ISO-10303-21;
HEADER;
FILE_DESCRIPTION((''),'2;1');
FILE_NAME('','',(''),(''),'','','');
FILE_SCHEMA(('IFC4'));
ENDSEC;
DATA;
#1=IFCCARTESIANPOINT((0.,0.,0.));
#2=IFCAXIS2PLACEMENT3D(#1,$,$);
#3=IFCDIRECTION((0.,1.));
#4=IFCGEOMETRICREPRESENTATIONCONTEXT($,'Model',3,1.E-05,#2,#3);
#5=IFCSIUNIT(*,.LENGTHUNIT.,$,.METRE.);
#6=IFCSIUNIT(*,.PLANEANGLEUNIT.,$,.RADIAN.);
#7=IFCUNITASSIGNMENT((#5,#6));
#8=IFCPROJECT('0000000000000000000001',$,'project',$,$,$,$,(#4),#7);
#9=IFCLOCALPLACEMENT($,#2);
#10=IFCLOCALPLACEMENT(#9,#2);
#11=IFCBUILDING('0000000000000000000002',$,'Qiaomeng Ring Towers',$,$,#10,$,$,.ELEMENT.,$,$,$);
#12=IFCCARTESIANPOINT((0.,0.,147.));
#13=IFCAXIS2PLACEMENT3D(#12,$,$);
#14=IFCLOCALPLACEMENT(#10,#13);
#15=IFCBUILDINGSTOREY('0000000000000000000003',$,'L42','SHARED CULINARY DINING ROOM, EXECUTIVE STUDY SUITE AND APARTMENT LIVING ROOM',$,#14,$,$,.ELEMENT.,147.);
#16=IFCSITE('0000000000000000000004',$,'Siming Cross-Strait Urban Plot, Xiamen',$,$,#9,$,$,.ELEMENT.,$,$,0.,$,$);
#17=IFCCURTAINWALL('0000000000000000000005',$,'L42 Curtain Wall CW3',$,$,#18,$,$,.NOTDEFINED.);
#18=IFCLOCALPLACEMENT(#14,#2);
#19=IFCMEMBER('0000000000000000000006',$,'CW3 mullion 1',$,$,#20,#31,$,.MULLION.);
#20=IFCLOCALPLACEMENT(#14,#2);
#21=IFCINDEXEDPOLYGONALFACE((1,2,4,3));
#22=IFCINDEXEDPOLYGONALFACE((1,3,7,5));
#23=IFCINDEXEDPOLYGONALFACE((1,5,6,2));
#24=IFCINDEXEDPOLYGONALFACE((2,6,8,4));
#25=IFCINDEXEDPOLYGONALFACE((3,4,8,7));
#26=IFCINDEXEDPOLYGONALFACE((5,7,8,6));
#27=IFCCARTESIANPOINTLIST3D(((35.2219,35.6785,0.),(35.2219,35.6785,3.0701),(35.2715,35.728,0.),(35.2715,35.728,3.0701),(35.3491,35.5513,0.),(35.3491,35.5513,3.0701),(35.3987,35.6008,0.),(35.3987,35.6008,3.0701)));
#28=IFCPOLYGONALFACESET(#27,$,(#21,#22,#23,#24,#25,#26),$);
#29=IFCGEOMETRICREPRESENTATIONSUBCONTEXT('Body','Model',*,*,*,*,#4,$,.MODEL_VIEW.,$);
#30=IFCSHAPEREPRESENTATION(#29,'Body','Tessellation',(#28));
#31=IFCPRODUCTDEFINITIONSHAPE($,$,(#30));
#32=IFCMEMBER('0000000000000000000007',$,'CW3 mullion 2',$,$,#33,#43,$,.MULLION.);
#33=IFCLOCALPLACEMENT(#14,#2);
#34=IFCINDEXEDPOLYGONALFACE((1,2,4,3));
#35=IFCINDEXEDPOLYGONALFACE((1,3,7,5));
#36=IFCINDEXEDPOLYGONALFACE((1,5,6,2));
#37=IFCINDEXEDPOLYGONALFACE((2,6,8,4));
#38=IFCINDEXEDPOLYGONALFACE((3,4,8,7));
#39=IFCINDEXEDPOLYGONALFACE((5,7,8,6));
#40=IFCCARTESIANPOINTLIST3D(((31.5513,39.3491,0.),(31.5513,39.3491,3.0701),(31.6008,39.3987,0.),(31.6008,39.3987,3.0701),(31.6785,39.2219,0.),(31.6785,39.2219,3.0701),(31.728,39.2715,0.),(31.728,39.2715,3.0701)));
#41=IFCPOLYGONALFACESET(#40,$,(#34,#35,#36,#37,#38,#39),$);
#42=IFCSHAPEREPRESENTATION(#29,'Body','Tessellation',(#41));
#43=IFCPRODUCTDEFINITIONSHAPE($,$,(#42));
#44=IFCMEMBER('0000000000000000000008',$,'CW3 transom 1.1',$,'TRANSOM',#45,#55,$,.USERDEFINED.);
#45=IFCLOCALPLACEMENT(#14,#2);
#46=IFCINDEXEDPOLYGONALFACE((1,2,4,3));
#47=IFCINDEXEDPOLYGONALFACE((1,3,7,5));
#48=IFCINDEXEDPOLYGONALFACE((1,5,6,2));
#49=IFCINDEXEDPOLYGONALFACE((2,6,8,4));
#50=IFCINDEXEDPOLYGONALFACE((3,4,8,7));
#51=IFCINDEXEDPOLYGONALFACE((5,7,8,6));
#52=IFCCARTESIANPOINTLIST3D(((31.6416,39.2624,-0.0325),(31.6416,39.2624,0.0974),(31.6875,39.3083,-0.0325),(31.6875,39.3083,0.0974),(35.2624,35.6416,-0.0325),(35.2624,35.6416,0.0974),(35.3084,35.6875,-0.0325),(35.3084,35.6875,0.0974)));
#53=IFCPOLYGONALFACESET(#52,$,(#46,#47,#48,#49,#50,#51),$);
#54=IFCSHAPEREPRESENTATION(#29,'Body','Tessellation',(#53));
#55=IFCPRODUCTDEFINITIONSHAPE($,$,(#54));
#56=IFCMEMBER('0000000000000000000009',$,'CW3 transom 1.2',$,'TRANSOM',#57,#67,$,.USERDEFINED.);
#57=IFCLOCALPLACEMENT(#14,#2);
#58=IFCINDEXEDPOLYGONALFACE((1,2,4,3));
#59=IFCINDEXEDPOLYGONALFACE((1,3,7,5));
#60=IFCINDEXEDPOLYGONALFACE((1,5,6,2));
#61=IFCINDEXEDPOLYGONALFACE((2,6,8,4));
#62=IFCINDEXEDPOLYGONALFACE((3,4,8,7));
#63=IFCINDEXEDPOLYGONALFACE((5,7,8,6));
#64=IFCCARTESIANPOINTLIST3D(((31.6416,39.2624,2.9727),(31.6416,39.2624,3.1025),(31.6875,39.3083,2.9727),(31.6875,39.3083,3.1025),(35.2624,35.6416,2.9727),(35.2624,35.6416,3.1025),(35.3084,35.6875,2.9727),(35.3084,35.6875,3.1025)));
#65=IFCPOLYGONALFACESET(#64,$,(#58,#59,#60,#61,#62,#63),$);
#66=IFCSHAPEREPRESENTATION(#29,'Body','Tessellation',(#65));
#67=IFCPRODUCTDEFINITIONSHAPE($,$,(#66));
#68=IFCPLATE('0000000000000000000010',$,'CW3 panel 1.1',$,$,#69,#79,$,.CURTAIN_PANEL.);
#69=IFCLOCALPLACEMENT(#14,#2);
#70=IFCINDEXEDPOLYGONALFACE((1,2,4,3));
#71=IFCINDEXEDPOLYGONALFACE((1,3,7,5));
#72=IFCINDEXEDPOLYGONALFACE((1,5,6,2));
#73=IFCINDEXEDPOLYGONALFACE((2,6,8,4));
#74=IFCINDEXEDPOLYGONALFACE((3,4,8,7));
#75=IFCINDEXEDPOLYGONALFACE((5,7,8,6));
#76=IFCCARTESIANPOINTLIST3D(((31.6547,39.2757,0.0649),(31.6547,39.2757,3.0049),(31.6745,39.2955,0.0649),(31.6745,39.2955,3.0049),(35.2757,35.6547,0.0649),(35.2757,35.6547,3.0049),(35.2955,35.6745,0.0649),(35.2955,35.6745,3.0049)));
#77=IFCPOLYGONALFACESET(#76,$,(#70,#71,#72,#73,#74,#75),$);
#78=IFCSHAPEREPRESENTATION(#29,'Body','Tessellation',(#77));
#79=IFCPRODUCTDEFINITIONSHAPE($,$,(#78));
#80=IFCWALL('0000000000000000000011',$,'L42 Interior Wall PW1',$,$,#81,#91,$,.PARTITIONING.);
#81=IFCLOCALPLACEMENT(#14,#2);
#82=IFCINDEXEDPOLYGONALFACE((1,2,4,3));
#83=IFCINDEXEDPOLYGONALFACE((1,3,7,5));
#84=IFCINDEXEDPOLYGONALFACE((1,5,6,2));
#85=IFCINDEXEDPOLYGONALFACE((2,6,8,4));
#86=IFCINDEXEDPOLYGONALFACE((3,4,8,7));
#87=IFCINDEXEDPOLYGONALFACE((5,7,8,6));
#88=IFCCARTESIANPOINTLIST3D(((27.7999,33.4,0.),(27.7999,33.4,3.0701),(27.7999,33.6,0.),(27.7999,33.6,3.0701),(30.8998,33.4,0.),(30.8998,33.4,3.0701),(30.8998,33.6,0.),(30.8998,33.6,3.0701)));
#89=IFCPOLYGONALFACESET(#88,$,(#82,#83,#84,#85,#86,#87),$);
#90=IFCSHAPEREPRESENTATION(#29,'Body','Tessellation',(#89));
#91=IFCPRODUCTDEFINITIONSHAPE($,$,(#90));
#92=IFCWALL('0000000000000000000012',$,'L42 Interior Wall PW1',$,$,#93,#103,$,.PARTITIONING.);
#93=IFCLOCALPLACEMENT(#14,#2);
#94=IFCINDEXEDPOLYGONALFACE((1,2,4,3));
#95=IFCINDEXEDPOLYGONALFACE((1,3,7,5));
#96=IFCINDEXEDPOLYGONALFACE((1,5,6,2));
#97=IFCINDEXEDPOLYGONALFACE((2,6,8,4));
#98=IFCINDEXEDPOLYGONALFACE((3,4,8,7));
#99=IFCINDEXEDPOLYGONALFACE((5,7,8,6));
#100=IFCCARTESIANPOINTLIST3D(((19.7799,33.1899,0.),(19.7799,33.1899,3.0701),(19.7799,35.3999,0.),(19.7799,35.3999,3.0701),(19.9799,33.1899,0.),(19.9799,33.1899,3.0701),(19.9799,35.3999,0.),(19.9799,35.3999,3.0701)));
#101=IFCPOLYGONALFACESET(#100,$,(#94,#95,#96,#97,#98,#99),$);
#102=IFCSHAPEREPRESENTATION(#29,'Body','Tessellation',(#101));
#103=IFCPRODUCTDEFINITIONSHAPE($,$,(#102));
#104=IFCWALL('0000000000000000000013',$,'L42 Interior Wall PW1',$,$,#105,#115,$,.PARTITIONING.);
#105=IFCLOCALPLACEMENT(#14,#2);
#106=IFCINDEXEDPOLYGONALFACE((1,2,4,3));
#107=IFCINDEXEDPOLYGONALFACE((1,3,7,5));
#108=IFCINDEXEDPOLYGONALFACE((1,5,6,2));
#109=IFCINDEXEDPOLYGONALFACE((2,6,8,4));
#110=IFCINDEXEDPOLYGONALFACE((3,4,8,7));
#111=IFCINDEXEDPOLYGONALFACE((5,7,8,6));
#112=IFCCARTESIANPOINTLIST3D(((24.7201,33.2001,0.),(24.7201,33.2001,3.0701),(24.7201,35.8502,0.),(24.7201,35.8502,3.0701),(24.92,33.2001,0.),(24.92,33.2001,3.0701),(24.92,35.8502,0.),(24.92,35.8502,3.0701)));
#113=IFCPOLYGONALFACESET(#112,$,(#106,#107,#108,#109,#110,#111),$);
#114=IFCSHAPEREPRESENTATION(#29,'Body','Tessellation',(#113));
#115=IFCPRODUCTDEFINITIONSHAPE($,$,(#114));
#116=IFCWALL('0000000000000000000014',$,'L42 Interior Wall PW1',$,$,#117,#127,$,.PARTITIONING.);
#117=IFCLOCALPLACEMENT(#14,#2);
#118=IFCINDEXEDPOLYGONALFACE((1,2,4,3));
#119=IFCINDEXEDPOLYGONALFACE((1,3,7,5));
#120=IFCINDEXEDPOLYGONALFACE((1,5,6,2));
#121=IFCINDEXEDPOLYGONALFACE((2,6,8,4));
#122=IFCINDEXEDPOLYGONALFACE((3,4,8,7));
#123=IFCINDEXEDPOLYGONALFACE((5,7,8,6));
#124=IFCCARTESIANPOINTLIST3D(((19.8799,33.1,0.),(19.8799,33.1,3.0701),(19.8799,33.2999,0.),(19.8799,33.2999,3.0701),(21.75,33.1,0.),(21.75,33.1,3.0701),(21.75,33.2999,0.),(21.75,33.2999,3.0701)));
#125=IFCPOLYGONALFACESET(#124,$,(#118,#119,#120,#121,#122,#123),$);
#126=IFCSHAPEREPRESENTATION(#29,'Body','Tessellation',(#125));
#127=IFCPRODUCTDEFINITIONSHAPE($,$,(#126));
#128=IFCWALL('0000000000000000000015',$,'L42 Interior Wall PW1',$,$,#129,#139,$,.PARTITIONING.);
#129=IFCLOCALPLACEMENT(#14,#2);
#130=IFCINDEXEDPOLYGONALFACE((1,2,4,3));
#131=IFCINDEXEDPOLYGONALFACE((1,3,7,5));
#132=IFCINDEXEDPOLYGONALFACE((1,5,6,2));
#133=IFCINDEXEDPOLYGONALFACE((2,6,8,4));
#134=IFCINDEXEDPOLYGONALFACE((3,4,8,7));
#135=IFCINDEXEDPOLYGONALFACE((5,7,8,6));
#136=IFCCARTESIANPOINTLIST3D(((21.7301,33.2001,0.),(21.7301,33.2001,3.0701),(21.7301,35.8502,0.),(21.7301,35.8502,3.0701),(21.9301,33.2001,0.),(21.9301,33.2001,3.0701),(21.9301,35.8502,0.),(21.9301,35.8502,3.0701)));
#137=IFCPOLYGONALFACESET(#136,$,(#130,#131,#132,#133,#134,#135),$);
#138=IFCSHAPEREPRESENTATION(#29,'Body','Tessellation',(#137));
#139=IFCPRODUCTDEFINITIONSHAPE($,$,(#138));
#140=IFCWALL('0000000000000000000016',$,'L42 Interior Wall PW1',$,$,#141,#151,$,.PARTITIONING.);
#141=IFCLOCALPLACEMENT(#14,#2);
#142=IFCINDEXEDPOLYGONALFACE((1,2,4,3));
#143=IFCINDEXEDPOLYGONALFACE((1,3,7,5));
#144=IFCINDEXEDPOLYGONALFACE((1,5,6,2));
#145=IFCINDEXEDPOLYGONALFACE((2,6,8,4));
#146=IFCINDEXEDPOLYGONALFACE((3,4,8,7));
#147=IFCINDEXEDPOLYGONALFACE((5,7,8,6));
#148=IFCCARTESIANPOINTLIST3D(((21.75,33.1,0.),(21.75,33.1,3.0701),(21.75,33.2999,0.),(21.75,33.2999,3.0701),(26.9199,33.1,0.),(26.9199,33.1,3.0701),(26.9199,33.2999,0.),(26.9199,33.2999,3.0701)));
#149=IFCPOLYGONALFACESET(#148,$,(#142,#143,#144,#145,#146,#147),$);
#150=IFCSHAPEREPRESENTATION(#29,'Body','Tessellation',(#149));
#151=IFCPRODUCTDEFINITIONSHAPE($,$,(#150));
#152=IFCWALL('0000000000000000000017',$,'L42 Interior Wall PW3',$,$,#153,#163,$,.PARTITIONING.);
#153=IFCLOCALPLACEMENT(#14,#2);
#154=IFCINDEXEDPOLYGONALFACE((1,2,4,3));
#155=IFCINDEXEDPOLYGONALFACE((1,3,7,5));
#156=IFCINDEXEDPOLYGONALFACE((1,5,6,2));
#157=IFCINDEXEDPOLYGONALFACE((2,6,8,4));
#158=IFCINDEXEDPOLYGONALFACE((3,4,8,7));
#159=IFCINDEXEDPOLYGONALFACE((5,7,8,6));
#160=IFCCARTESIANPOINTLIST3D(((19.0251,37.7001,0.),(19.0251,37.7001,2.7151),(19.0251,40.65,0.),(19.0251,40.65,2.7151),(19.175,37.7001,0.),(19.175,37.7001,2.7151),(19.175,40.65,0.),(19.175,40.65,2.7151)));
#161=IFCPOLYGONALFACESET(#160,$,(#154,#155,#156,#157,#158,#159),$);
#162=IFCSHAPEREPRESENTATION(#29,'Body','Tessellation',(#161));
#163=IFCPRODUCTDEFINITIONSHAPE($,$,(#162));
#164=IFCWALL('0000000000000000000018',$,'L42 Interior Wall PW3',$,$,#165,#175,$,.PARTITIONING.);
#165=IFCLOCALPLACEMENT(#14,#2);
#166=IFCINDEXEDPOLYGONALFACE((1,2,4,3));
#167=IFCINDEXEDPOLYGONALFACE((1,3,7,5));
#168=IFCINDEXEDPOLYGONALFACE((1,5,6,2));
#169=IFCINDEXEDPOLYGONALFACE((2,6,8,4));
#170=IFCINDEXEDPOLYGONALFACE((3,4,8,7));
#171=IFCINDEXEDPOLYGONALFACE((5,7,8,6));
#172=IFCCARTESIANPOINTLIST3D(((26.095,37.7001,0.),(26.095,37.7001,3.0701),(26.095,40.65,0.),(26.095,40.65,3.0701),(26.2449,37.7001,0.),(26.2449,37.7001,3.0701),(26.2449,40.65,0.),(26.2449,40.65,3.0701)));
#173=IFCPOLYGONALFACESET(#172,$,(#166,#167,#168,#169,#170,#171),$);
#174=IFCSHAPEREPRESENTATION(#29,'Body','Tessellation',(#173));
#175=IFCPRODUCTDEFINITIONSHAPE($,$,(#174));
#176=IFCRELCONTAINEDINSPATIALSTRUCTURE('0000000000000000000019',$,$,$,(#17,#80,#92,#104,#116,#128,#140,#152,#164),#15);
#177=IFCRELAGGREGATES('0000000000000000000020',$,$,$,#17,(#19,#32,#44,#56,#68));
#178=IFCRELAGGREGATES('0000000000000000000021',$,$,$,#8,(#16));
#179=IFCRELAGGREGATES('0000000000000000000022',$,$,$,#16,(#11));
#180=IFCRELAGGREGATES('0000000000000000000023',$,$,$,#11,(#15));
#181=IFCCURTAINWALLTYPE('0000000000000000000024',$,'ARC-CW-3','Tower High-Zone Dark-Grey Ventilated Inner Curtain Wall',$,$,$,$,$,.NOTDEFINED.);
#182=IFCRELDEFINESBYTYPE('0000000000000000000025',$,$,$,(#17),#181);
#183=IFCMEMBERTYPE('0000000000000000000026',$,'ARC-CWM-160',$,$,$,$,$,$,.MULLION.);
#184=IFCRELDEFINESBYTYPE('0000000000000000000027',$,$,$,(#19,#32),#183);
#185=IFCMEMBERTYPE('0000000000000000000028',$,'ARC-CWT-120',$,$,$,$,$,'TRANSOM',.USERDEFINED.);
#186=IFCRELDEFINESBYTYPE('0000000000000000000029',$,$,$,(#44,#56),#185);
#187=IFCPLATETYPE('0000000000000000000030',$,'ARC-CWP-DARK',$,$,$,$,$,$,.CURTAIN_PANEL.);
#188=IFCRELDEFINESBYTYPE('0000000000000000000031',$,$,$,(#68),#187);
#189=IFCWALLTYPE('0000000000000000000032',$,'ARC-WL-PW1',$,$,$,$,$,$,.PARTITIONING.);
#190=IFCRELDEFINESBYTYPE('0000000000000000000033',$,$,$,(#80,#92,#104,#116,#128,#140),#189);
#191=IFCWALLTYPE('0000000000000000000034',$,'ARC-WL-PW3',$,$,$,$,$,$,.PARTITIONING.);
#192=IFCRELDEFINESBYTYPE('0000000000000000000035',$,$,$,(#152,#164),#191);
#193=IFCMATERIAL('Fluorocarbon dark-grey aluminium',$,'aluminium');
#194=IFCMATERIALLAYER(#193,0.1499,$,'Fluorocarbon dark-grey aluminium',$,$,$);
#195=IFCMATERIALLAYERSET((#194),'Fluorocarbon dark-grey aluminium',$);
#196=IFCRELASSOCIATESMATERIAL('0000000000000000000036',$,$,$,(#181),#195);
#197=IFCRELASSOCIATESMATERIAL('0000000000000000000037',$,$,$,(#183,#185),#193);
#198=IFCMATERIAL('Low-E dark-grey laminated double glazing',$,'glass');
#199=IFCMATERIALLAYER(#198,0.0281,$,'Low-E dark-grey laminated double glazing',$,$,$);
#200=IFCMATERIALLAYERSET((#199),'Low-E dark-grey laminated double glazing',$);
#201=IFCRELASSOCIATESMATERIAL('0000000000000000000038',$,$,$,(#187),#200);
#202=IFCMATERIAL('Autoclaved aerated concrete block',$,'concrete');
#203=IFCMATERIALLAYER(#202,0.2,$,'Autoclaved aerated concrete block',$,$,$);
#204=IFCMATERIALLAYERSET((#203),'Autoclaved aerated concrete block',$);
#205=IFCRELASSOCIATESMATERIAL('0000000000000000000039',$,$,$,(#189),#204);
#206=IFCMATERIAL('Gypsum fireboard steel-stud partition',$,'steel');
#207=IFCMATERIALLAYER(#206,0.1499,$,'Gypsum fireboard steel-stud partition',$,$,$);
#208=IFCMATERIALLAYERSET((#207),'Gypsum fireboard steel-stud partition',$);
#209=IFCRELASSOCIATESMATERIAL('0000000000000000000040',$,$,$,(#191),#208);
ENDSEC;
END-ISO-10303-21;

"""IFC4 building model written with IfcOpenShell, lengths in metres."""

from ifc_helpers import new_model, si_unit, direction, frame, frame_2d, origin, origin_2d, place, context, subcontext, project, spatial, rectangle, extrude, source, transform, mapped, material, layer, layer_set, material_profile, profile_set, type_object, element, aggregate, save


model = new_model("IFC4")

# Units and contexts
model_context = context("Model", 3, precision=1e-05, world=origin(), true_north=direction((0.0, 1.0)))
body_context = subcontext(model_context, "Body", "Model", "MODEL_VIEW")
ifc_project = project(units=[si_unit("LENGTHUNIT", "METRE"), si_unit("PLANEANGLEUNIT", "RADIAN")], contexts=[model_context])

# Site, building, storey
site_placement = place(None, origin())
site = spatial("IfcSite", under=ifc_project, at=site_placement, Name="Siming Cross-Strait Urban Plot, Xiamen", CompositionType="ELEMENT", RefElevation=0.0)
building_placement = place(site_placement, origin())
building = spatial("IfcBuilding", under=site, at=building_placement, Name="Qiaomeng Ring Towers", CompositionType="ELEMENT")
storey_placement = place(building_placement, frame((0.0, 0.0, 147.0)))
storey = spatial("IfcBuildingStorey", under=building, at=storey_placement, Name="L42", Description="SHARED CULINARY DINING ROOM, EXECUTIVE STUDY SUITE AND APARTMENT LIVING ROOM", CompositionType="ELEMENT", Elevation=147.0)

# Curtain wall, members, plate
ifc_material_1 = material(Name="Fluorocarbon dark-grey aluminium", Category="aluminium")
ifc_layer_1 = layer(ifc_material_1, 0.1499, Name="Fluorocarbon dark-grey aluminium")
ifc_layer_set_1 = layer_set([ifc_layer_1], Name="Fluorocarbon dark-grey aluminium")
curtain_wall_type = type_object("IfcCurtainWallType", Name="ARC-CW-3", Description="Tower High-Zone Dark-Grey Ventilated Inner Curtain Wall", PredefinedType="NOTDEFINED", material=ifc_layer_set_1)
curtain_wall_placement = place(storey_placement, origin())
curtain_wall = element("IfcCurtainWall", 1, at=curtain_wall_placement, inside=storey, type_object=curtain_wall_type, Name="L42 Curtain Wall CW3", PredefinedType="NOTDEFINED")
ifc_material_profile_1 = material_profile(ifc_material_1, rectangle(XDim=0.0701, YDim=0.1799, at=origin_2d()), Name="ALU MULL 70x180")
ifc_profile_set_1 = profile_set([ifc_material_profile_1], Name="Fluorocarbon dark-grey aluminium")
member_type_1 = type_object("IfcMemberType", Name="ARC-CWM-160", PredefinedType="MULLION", material=ifc_profile_set_1)
shared_shape_1 = source(origin(), body_context, "Body", "SweptSolid", [
    extrude(rectangle(XDim=0.0701, YDim=0.1799, at=origin_2d()), origin(), (0.0, 0.0, 1.0), 3.0701),
])
member_1_placement = place(storey_placement, frame((35.3103, 35.6396, 0.0), z_axis=(0.0, 0.0, 1.0), x_axis=(-0.707107, -0.707107, 0.0)))
member_1 = element("IfcMember", 2, at=member_1_placement, type_object=member_type_1, Name="CW3 mullion 1", PredefinedType="MULLION", context=body_context, shape_type="MappedRepresentation", body=[
    mapped(shared_shape_1, transform((0.0, 0.0, 0.0), x_axis=(1.0, 0.0, 0.0), y_axis=(0.0, 1.0, 0.0), z_axis=(0.0, 0.0, 1.0), scale=1.0)),
])
member_2_placement = place(storey_placement, frame((31.6396, 39.3103, 0.0), z_axis=(0.0, 0.0, 1.0), x_axis=(-0.707107, -0.707107, 0.0)))
member_2 = element("IfcMember", 3, at=member_2_placement, type_object=member_type_1, Name="CW3 mullion 2", PredefinedType="MULLION", context=body_context, shape_type="MappedRepresentation", body=[
    mapped(shared_shape_1, transform((0.0, 0.0, 0.0), x_axis=(1.0, 0.0, 0.0), y_axis=(0.0, 1.0, 0.0), z_axis=(0.0, 0.0, 1.0), scale=1.0)),
])
ifc_material_profile_2 = material_profile(ifc_material_1, rectangle(XDim=0.0649, YDim=0.1299, at=origin_2d()), Name="ALU TRAN 65x130")
ifc_profile_set_2 = profile_set([ifc_material_profile_2], Name="Fluorocarbon dark-grey aluminium")
member_type_2 = type_object("IfcMemberType", Name="ARC-CWT-120", ElementType="TRANSOM", PredefinedType="USERDEFINED", material=ifc_profile_set_2)
shared_shape_2 = source(origin(), body_context, "Body", "SweptSolid", [
    extrude(rectangle(XDim=0.0649, YDim=0.1299, at=origin_2d()), origin(), (0.0, 0.0, 1.0), 5.1206),
])
member_3_placement = place(storey_placement, frame((35.2854, 35.6646, 0.0325), z_axis=(-0.707107, 0.707107, 0.0), x_axis=(-0.707107, -0.707107, 0.0)))
member_3 = element("IfcMember", 4, at=member_3_placement, type_object=member_type_2, Name="CW3 transom 1.1", ObjectType="TRANSOM", PredefinedType="USERDEFINED", context=body_context, shape_type="MappedRepresentation", body=[
    mapped(shared_shape_2, transform((0.0, 0.0, 0.0), x_axis=(1.0, 0.0, 0.0), y_axis=(0.0, 1.0, 0.0), z_axis=(0.0, 0.0, 1.0), scale=1.0)),
])
member_4_placement = place(storey_placement, frame((35.2854, 35.6646, 3.0376), z_axis=(-0.707107, 0.707107, 0.0), x_axis=(-0.707107, -0.707107, 0.0)))
member_4 = element("IfcMember", 5, at=member_4_placement, type_object=member_type_2, Name="CW3 transom 1.2", ObjectType="TRANSOM", PredefinedType="USERDEFINED", context=body_context, shape_type="MappedRepresentation", body=[
    mapped(shared_shape_2, transform((0.0, 0.0, 0.0), x_axis=(1.0, 0.0, 0.0), y_axis=(0.0, 1.0, 0.0), z_axis=(0.0, 0.0, 1.0), scale=1.0)),
])
ifc_material_2 = material(Name="Low-E dark-grey laminated double glazing", Category="glass")
ifc_layer_2 = layer(ifc_material_2, 0.0281, Name="Low-E dark-grey laminated double glazing")
ifc_layer_set_2 = layer_set([ifc_layer_2], Name="Low-E dark-grey laminated double glazing")
plate_type = type_object("IfcPlateType", Name="ARC-CWP-DARK", PredefinedType="CURTAIN_PANEL", material=ifc_layer_set_2)
shared_shape_3 = source(origin(), body_context, "Body", "SweptSolid", [
    extrude(rectangle(XDim=5.1208, YDim=0.0281, at=origin_2d()), origin(), (0.0, 0.0, 1.0), 2.9399),
])
plate_placement = place(storey_placement, frame((33.4751, 37.4751, 0.0649), z_axis=(0.0, 0.0, 1.0), x_axis=(-0.707107, 0.707107, 0.0)))
plate = element("IfcPlate", 6, at=plate_placement, type_object=plate_type, Name="CW3 panel 1.1", PredefinedType="CURTAIN_PANEL", context=body_context, shape_type="MappedRepresentation", body=[
    mapped(shared_shape_3, transform((0.0, 0.0, 0.0), x_axis=(1.0, 0.0, 0.0), y_axis=(0.0, 1.0, 0.0), z_axis=(0.0, 0.0, 1.0), scale=1.0)),
])
aggregate(curtain_wall, [member_1, member_2, member_3, member_4, plate])

# Walls
ifc_material_3 = material(Name="Autoclaved aerated concrete block", Category="concrete")
ifc_layer_3 = layer(ifc_material_3, 0.2, Name="Autoclaved aerated concrete block")
ifc_layer_set_3 = layer_set([ifc_layer_3], Name="Autoclaved aerated concrete block")
wall_type_1 = type_object("IfcWallType", Name="ARC-WL-PW1", PredefinedType="PARTITIONING", material=ifc_layer_set_3)
wall_1_placement = place(storey_placement, frame((27.8, 33.5, 0.0), z_axis=(0.0, 0.0, 1.0), x_axis=(1.0, 0.0, 0.0)))
element("IfcWall", 7, at=wall_1_placement, inside=storey, type_object=wall_type_1, Name="L42 Interior Wall PW1", PredefinedType="PARTITIONING", context=body_context, shape_type="SweptSolid", body=[
    extrude(rectangle(XDim=3.0999, YDim=0.2, at=frame_2d((1.5498, 0.0))), origin(), (0.0, 0.0, 1.0), 3.0701),
])
wall_2_placement = place(storey_placement, frame((19.8799, 33.1899, 0.0), z_axis=(0.0, 0.0, 1.0), x_axis=(0.0, 1.0, 0.0)))
element("IfcWall", 8, at=wall_2_placement, inside=storey, type_object=wall_type_1, Name="L42 Interior Wall PW1", PredefinedType="PARTITIONING", context=body_context, shape_type="SweptSolid", body=[
    extrude(rectangle(XDim=2.21, YDim=0.2, at=frame_2d((1.105, 0.0))), origin(), (0.0, 0.0, 1.0), 3.0701),
])
wall_3_placement = place(storey_placement, frame((24.8201, 33.2, 0.0), z_axis=(0.0, 0.0, 1.0), x_axis=(0.0, 1.0, 0.0)))
element("IfcWall", 9, at=wall_3_placement, inside=storey, type_object=wall_type_1, Name="L42 Interior Wall PW1", PredefinedType="PARTITIONING", context=body_context, shape_type="SweptSolid", body=[
    extrude(rectangle(XDim=2.6501, YDim=0.2, at=frame_2d((1.3252, 0.0))), origin(), (0.0, 0.0, 1.0), 3.0701),
])
wall_4_placement = place(storey_placement, frame((19.8799, 33.2, 0.0), z_axis=(0.0, 0.0, 1.0), x_axis=(1.0, 0.0, 0.0)))
element("IfcWall", 10, at=wall_4_placement, inside=storey, type_object=wall_type_1, Name="L42 Interior Wall PW1", PredefinedType="PARTITIONING", context=body_context, shape_type="SweptSolid", body=[
    extrude(rectangle(XDim=1.8701, YDim=0.2, at=frame_2d((0.9351, 0.0))), origin(), (0.0, 0.0, 1.0), 3.0701),
])
wall_5_placement = place(storey_placement, frame((21.8301, 33.2, 0.0), z_axis=(0.0, 0.0, 1.0), x_axis=(0.0, 1.0, 0.0)))
element("IfcWall", 11, at=wall_5_placement, inside=storey, type_object=wall_type_1, Name="L42 Interior Wall PW1", PredefinedType="PARTITIONING", context=body_context, shape_type="SweptSolid", body=[
    extrude(rectangle(XDim=2.6501, YDim=0.2, at=frame_2d((1.3252, 0.0))), origin(), (0.0, 0.0, 1.0), 3.0701),
])
wall_6_placement = place(storey_placement, frame((21.75, 33.2, 0.0), z_axis=(0.0, 0.0, 1.0), x_axis=(1.0, 0.0, 0.0)))
element("IfcWall", 12, at=wall_6_placement, inside=storey, type_object=wall_type_1, Name="L42 Interior Wall PW1", PredefinedType="PARTITIONING", context=body_context, shape_type="SweptSolid", body=[
    extrude(rectangle(XDim=5.1699, YDim=0.2, at=frame_2d((2.585, 0.0))), origin(), (0.0, 0.0, 1.0), 3.0701),
])
ifc_material_4 = material(Name="Gypsum fireboard steel-stud partition", Category="steel")
ifc_layer_4 = layer(ifc_material_4, 0.1499, Name="Gypsum fireboard steel-stud partition")
ifc_layer_set_4 = layer_set([ifc_layer_4], Name="Gypsum fireboard steel-stud partition")
wall_type_2 = type_object("IfcWallType", Name="ARC-WL-PW3", PredefinedType="PARTITIONING", material=ifc_layer_set_4)
wall_7_placement = place(storey_placement, frame((19.1001, 37.7, 0.0), z_axis=(0.0, 0.0, 1.0), x_axis=(0.0, 1.0, 0.0)))
element("IfcWall", 13, at=wall_7_placement, inside=storey, type_object=wall_type_2, Name="L42 Interior Wall PW3", PredefinedType="PARTITIONING", context=body_context, shape_type="SweptSolid", body=[
    extrude(rectangle(XDim=2.95, YDim=0.1499, at=frame_2d((1.4751, 0.0))), origin(), (0.0, 0.0, 1.0), 2.7151),
])
for number, where, z_axis, x_axis, name in (
    (14, (26.1699, 37.7, 0.0), (0.0, 0.0, 1.0), (0.0, 1.0, 0.0), "L42 Interior Wall PW3"),
):
    element("IfcWall", number, at=place(storey_placement, frame(where, z_axis=z_axis, x_axis=x_axis)), inside=storey, type_object=wall_type_2, Name=name, PredefinedType="PARTITIONING", context=body_context, shape_type="SweptSolid", body=[
        extrude(rectangle(XDim=2.95, YDim=0.1499, at=frame_2d((1.4751, 0.0))), origin(), (0.0, 0.0, 1.0), 3.0701),
    ])

save(model, "model.ifc")
